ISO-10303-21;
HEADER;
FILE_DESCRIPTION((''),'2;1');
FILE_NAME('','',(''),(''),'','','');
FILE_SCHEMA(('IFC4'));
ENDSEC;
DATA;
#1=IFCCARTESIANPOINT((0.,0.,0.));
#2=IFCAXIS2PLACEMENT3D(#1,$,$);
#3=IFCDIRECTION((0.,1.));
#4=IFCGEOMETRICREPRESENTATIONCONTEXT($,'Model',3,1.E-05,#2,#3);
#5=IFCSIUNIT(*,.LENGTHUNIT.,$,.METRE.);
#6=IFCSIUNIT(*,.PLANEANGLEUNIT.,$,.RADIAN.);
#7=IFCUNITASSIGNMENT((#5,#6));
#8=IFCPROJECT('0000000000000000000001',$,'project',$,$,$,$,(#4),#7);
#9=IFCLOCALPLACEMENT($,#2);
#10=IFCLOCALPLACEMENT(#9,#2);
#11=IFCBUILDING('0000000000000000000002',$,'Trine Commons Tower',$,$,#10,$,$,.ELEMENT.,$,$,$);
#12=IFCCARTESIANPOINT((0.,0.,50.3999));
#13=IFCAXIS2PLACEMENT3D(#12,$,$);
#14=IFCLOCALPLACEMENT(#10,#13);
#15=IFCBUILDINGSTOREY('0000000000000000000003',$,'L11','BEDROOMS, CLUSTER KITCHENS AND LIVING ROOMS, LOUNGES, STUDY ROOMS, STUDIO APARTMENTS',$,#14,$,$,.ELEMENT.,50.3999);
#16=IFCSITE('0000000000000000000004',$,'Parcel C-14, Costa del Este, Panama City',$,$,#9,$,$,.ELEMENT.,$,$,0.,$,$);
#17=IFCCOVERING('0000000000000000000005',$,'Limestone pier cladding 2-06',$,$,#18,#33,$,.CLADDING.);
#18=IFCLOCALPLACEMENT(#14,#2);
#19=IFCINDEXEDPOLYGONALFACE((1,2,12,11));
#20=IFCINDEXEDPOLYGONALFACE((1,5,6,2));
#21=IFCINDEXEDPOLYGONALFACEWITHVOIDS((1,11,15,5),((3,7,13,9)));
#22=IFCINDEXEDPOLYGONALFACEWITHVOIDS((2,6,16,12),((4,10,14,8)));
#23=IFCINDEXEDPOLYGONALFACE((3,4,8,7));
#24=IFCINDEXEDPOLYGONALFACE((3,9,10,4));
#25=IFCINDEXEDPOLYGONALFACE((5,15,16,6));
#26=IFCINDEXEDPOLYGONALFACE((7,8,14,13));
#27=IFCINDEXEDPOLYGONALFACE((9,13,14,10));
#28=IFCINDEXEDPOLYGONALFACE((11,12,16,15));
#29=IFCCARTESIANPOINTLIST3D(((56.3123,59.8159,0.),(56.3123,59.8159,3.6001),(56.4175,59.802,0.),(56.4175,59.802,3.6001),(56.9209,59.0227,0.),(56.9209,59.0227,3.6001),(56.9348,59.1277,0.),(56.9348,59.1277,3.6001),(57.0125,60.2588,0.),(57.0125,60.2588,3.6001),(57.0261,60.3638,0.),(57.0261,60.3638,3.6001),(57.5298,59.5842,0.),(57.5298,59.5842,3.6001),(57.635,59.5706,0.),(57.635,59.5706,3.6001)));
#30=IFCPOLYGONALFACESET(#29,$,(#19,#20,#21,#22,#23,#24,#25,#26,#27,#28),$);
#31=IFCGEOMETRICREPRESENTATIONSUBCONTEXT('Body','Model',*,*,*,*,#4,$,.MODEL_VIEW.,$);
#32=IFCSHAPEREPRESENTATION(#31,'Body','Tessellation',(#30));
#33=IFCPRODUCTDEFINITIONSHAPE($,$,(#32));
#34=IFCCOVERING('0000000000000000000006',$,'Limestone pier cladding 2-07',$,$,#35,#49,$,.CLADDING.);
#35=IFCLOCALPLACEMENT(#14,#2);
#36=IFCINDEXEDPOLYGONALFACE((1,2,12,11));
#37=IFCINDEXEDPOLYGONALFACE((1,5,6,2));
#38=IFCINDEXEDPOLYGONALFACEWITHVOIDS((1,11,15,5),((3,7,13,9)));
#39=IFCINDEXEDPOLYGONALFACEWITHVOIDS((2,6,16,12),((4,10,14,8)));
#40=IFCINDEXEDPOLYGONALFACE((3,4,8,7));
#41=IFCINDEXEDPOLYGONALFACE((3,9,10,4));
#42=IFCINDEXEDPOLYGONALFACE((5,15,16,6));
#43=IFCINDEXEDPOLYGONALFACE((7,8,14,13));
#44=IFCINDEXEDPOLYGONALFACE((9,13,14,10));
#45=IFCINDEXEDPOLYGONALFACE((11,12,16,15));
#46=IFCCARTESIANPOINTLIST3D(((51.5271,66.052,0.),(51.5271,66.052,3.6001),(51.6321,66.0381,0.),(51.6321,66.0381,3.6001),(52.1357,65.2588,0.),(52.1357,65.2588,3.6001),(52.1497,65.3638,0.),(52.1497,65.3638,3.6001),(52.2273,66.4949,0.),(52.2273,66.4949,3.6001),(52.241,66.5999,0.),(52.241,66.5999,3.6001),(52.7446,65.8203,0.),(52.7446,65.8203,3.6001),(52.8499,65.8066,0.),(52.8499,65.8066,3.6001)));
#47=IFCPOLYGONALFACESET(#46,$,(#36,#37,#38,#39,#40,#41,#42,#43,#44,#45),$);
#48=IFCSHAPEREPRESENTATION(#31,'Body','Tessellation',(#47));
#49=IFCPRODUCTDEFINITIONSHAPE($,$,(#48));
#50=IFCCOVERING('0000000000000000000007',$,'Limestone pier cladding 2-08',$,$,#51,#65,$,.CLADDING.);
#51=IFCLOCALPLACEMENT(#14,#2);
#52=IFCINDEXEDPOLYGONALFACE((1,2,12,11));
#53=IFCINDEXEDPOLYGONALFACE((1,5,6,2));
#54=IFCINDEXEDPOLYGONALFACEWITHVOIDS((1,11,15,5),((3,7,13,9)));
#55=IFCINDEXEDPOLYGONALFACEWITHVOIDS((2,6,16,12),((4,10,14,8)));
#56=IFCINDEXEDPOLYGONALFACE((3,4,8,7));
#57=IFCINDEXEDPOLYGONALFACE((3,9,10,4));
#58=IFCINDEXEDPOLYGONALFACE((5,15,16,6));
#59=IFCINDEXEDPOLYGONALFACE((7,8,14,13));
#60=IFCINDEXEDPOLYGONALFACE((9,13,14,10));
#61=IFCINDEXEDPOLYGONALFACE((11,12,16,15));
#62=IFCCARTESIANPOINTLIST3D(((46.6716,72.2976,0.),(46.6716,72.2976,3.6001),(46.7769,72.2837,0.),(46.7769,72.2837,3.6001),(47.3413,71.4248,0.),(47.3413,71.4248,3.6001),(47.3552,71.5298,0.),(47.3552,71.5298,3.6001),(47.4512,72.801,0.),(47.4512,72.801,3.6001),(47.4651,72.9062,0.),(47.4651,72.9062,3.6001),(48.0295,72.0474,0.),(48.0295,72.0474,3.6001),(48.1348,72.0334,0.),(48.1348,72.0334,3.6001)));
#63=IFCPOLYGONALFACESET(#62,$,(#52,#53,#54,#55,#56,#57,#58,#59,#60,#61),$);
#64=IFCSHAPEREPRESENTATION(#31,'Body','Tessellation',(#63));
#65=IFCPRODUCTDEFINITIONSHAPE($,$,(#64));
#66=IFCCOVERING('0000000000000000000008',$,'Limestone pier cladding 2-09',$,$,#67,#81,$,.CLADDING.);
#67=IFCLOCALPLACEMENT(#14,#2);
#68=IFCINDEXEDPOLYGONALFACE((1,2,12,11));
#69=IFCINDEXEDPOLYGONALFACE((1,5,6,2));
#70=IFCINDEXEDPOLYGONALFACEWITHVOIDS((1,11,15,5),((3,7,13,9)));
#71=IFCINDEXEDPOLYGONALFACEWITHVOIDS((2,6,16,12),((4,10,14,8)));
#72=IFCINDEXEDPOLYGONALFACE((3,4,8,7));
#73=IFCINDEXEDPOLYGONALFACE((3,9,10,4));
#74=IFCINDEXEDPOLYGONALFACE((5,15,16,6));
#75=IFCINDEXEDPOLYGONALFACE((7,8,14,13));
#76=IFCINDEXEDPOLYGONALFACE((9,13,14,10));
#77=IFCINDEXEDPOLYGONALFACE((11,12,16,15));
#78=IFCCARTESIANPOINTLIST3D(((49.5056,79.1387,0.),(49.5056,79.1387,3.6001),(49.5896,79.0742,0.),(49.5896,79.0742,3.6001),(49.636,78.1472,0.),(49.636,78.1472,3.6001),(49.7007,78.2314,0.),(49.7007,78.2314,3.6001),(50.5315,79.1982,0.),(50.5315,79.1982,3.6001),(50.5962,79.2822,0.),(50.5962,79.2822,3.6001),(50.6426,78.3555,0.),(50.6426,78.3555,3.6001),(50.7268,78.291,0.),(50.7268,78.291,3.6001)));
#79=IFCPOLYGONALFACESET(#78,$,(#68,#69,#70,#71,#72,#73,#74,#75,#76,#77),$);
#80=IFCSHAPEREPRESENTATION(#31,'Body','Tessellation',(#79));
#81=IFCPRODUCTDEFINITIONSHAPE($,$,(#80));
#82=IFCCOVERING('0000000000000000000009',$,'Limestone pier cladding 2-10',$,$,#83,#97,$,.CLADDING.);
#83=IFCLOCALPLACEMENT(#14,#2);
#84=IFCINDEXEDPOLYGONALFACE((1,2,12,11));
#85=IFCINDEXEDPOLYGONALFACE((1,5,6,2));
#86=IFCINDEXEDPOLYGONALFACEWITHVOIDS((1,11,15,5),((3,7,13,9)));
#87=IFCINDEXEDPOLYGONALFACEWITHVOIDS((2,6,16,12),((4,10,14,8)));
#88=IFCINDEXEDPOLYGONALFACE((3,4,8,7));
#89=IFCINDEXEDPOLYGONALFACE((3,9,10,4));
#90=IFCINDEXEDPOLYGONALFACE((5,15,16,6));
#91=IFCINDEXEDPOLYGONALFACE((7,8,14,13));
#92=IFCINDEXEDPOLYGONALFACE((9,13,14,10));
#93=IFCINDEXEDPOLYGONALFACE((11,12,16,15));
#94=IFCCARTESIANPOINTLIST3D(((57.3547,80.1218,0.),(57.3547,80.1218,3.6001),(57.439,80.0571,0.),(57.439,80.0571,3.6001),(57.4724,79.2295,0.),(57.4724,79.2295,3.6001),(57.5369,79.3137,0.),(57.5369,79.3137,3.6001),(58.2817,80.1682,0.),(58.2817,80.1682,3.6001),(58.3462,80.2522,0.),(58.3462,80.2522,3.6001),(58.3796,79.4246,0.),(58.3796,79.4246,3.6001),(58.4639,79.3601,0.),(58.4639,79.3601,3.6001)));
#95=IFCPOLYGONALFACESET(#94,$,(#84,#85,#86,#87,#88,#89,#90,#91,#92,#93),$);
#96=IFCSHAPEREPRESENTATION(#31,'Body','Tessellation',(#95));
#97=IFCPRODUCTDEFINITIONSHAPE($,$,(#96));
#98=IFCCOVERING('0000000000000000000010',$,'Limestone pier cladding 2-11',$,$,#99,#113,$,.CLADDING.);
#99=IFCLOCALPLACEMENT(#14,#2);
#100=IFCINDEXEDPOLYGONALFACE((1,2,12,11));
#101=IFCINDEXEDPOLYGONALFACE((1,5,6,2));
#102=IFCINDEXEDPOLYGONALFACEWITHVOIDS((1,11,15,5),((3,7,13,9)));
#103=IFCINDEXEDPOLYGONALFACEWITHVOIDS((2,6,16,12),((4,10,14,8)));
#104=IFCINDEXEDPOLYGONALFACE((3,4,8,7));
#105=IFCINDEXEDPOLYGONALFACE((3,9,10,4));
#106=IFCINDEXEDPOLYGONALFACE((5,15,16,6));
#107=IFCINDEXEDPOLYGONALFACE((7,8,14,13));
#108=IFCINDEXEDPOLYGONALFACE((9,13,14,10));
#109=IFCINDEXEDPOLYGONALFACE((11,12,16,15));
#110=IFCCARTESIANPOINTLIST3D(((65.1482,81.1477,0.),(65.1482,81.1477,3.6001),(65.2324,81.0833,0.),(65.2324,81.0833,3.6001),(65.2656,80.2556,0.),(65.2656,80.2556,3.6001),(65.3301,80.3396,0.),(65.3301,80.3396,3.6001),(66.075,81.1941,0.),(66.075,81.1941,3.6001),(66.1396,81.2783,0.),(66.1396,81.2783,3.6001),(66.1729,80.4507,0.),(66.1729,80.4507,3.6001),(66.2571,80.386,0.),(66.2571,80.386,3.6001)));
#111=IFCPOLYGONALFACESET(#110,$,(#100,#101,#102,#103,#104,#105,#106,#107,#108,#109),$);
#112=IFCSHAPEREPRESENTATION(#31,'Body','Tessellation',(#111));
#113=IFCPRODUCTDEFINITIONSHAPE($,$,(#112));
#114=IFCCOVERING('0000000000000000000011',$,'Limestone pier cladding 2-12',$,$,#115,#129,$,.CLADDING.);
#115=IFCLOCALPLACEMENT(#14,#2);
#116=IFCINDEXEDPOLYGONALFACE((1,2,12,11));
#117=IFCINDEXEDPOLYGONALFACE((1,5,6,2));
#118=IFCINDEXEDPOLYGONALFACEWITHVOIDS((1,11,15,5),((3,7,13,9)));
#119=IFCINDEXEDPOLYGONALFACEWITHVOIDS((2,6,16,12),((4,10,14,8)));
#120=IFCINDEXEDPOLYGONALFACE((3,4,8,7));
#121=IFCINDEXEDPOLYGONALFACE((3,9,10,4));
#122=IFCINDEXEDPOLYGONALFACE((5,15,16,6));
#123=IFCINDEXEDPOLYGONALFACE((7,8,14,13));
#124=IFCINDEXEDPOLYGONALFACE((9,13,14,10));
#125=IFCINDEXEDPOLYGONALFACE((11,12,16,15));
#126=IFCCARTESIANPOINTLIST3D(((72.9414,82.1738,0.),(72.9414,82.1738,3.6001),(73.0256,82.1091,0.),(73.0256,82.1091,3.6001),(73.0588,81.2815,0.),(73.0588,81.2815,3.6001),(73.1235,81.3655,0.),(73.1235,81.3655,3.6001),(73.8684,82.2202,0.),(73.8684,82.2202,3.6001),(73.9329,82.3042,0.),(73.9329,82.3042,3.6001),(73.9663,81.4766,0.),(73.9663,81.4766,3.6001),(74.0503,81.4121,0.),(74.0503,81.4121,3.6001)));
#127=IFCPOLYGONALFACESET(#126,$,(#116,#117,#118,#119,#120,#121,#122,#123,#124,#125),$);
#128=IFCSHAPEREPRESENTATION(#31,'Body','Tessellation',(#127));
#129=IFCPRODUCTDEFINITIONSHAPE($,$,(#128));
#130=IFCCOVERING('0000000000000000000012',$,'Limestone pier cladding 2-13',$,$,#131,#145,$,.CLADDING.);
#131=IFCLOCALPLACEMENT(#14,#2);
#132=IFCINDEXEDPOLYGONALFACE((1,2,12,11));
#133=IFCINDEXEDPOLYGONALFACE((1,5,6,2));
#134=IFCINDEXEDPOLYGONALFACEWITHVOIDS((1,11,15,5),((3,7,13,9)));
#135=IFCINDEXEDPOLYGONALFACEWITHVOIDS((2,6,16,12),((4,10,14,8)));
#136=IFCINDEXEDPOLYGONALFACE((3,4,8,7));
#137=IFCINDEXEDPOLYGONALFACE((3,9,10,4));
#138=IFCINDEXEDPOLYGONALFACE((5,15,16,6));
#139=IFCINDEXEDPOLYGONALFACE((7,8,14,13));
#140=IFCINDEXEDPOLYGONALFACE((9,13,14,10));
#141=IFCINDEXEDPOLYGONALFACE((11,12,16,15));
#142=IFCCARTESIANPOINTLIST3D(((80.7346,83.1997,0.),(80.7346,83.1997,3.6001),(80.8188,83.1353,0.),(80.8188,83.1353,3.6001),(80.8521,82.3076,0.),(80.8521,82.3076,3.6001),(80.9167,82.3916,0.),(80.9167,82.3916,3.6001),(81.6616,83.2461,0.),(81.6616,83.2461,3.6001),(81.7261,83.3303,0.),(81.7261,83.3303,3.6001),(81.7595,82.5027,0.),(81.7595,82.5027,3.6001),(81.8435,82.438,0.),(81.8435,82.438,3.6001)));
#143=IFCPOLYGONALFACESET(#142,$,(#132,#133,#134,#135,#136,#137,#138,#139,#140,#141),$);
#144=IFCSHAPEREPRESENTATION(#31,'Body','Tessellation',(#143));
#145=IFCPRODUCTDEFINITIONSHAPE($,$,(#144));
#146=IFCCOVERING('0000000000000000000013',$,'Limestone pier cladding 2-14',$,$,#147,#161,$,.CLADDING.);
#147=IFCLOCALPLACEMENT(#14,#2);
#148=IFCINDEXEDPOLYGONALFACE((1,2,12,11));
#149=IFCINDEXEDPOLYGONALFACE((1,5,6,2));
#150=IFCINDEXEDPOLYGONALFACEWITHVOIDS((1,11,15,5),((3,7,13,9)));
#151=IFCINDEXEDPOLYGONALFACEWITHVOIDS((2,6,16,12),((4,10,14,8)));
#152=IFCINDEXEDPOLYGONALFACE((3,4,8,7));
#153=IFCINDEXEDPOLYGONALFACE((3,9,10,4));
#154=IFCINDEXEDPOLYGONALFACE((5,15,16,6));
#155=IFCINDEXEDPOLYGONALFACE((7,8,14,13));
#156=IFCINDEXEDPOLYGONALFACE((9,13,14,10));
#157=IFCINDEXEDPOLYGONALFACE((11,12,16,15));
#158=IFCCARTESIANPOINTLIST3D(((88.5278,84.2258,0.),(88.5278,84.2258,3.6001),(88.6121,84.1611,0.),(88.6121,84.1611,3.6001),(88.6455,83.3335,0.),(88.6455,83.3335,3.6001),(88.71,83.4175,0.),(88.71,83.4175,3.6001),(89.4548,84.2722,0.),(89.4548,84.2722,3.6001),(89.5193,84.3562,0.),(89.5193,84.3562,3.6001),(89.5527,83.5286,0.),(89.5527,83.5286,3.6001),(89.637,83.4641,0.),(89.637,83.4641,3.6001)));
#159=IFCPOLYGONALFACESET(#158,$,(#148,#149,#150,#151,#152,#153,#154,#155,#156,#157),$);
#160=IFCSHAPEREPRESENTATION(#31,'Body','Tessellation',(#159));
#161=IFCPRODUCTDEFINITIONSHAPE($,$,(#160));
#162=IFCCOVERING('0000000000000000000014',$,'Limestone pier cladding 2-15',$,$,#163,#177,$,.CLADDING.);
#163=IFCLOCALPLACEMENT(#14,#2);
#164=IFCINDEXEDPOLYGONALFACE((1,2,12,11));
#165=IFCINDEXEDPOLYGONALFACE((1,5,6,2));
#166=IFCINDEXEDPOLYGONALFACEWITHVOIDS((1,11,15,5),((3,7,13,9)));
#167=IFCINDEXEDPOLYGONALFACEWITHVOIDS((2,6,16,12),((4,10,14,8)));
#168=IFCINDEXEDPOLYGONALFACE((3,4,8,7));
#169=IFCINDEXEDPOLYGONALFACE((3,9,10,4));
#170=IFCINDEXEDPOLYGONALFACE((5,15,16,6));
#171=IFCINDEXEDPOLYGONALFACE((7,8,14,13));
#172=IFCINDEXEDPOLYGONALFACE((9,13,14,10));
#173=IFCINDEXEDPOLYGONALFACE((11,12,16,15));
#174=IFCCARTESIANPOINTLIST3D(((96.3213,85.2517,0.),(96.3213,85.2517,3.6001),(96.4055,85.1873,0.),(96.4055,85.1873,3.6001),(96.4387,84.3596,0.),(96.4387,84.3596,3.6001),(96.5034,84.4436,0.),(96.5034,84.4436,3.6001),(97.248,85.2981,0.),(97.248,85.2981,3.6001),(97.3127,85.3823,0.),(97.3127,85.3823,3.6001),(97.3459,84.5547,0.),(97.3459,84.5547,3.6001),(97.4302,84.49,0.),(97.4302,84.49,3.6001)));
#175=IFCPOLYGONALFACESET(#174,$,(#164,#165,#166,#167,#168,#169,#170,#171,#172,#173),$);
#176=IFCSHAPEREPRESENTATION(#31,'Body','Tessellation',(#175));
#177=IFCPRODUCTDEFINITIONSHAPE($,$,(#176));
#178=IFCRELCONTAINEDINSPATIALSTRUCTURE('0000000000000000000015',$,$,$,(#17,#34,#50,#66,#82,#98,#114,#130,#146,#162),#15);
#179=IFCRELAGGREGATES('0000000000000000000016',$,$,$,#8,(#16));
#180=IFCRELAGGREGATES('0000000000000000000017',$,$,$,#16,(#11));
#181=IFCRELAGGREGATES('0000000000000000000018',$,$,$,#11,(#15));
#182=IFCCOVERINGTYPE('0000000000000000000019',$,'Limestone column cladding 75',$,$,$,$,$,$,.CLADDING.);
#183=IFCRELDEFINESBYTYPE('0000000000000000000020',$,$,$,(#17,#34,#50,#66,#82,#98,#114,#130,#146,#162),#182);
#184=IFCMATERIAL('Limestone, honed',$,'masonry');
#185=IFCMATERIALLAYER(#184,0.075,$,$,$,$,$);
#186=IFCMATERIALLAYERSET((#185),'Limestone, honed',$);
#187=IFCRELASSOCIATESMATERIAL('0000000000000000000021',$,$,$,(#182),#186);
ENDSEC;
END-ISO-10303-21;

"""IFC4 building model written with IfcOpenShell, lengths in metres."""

from ifc_helpers import new_model, si_unit, direction, frame, origin, place, context, subcontext, project, spatial, polyline, outline, extrude, material, layer, layer_set, type_object, element, save


model = new_model("IFC4")

# Units and contexts
model_context = context("Model", 3, precision=1e-05, world=origin(), true_north=direction((0.0, 1.0)))
body_context = subcontext(model_context, "Body", "Model", "MODEL_VIEW")
ifc_project = project(units=[si_unit("LENGTHUNIT", "METRE"), si_unit("PLANEANGLEUNIT", "RADIAN")], contexts=[model_context])

# Site, building, storey
site_placement = place(None, origin())
site = spatial("IfcSite", under=ifc_project, at=site_placement, Name="Parcel C-14, Costa del Este, Panama City", CompositionType="ELEMENT", RefElevation=0.0)
building_placement = place(site_placement, origin())
building = spatial("IfcBuilding", under=site, at=building_placement, Name="Trine Commons Tower", CompositionType="ELEMENT")
storey_placement = place(building_placement, frame((0.0, 0.0, 50.3999)))
storey = spatial("IfcBuildingStorey", under=building, at=storey_placement, Name="L11", Description="BEDROOMS, CLUSTER KITCHENS AND LIVING ROOMS, LOUNGES, STUDY ROOMS, STUDIO APARTMENTS", CompositionType="ELEMENT", Elevation=50.3999)

# Coverings
ifc_material_1 = material(Name="Limestone, honed", Category="masonry")
ifc_layer_1 = layer(ifc_material_1, 0.075)
ifc_layer_set_1 = layer_set([ifc_layer_1], Name="Limestone, honed")
covering_type = type_object("IfcCoveringType", Name="Limestone column cladding 75", PredefinedType="CLADDING", material=ifc_layer_set_1)
covering_1_placement = place(storey_placement, origin())
element("IfcCovering", 1, at=covering_1_placement, inside=storey, type_object=covering_type, Name="Limestone pier cladding 2-06", PredefinedType="CLADDING", context=body_context, shape_type="SweptSolid", body=[
    extrude(outline(polyline([(57.0261, 60.3638), (56.3123, 59.8159), (56.9209, 59.0227), (57.635, 59.5706), (57.0261, 60.3638)]), holes=[polyline([(57.0125, 60.2588), (56.4175, 59.802), (56.9348, 59.1277), (57.5298, 59.5842), (57.0125, 60.2588)])]), origin(), (0.0, 0.0, 1.0), 3.6001),
])
covering_2_placement = place(storey_placement, origin())
element("IfcCovering", 2, at=covering_2_placement, inside=storey, type_object=covering_type, Name="Limestone pier cladding 2-07", PredefinedType="CLADDING", context=body_context, shape_type="SweptSolid", body=[
    extrude(outline(polyline([(52.241, 66.5999), (51.5271, 66.052), (52.1357, 65.2588), (52.8499, 65.8066), (52.241, 66.5999)]), holes=[polyline([(52.2273, 66.4949), (51.6321, 66.0381), (52.1497, 65.3638), (52.7446, 65.8203), (52.2273, 66.4949)])]), origin(), (0.0, 0.0, 1.0), 3.6001),
])
covering_3_placement = place(storey_placement, origin())
element("IfcCovering", 3, at=covering_3_placement, inside=storey, type_object=covering_type, Name="Limestone pier cladding 2-08", PredefinedType="CLADDING", context=body_context, shape_type="SweptSolid", body=[
    extrude(outline(polyline([(47.4651, 72.9062), (46.6716, 72.2976), (47.3413, 71.4248), (48.1348, 72.0334), (47.4651, 72.9062)]), holes=[polyline([(47.4512, 72.801), (46.7769, 72.2837), (47.3552, 71.5298), (48.0295, 72.0474), (47.4512, 72.801)])]), origin(), (0.0, 0.0, 1.0), 3.6001),
])
covering_4_placement = place(storey_placement, origin())
element("IfcCovering", 4, at=covering_4_placement, inside=storey, type_object=covering_type, Name="Limestone pier cladding 2-09", PredefinedType="CLADDING", context=body_context, shape_type="SweptSolid", body=[
    extrude(outline(polyline([(50.7268, 78.291), (50.5962, 79.2822), (49.5056, 79.1387), (49.636, 78.1472), (50.7268, 78.291)]), holes=[polyline([(50.6426, 78.3555), (50.5315, 79.1982), (49.5896, 79.0742), (49.7007, 78.2314), (50.6426, 78.3555)])]), origin(), (0.0, 0.0, 1.0), 3.6001),
])
covering_5_placement = place(storey_placement, origin())
element("IfcCovering", 5, at=covering_5_placement, inside=storey, type_object=covering_type, Name="Limestone pier cladding 2-10", PredefinedType="CLADDING", context=body_context, shape_type="SweptSolid", body=[
    extrude(outline(polyline([(58.4639, 79.3601), (58.3462, 80.2522), (57.3547, 80.1218), (57.4724, 79.2295), (58.4639, 79.3601)]), holes=[polyline([(58.3796, 79.4246), (58.2817, 80.1682), (57.439, 80.0571), (57.5369, 79.3137), (58.3796, 79.4246)])]), origin(), (0.0, 0.0, 1.0), 3.6001),
])
covering_6_placement = place(storey_placement, origin())
element("IfcCovering", 6, at=covering_6_placement, inside=storey, type_object=covering_type, Name="Limestone pier cladding 2-11", PredefinedType="CLADDING", context=body_context, shape_type="SweptSolid", body=[
    extrude(outline(polyline([(66.2571, 80.386), (66.1396, 81.2783), (65.1482, 81.1477), (65.2656, 80.2556), (66.2571, 80.386)]), holes=[polyline([(66.1729, 80.4507), (66.075, 81.1941), (65.2324, 81.0833), (65.3301, 80.3396), (66.1729, 80.4507)])]), origin(), (0.0, 0.0, 1.0), 3.6001),
])
covering_7_placement = place(storey_placement, origin())
element("IfcCovering", 7, at=covering_7_placement, inside=storey, type_object=covering_type, Name="Limestone pier cladding 2-12", PredefinedType="CLADDING", context=body_context, shape_type="SweptSolid", body=[
    extrude(outline(polyline([(74.0503, 81.4121), (73.9329, 82.3042), (72.9414, 82.1738), (73.0588, 81.2815), (74.0503, 81.4121)]), holes=[polyline([(73.9663, 81.4766), (73.8684, 82.2202), (73.0256, 82.1091), (73.1235, 81.3655), (73.9663, 81.4766)])]), origin(), (0.0, 0.0, 1.0), 3.6001),
])
covering_8_placement = place(storey_placement, origin())
element("IfcCovering", 8, at=covering_8_placement, inside=storey, type_object=covering_type, Name="Limestone pier cladding 2-13", PredefinedType="CLADDING", context=body_context, shape_type="SweptSolid", body=[
    extrude(outline(polyline([(81.8435, 82.438), (81.7261, 83.3303), (80.7346, 83.1997), (80.8521, 82.3076), (81.8435, 82.438)]), holes=[polyline([(81.7595, 82.5027), (81.6616, 83.2461), (80.8188, 83.1353), (80.9167, 82.3916), (81.7595, 82.5027)])]), origin(), (0.0, 0.0, 1.0), 3.6001),
])
covering_9_placement = place(storey_placement, origin())
element("IfcCovering", 9, at=covering_9_placement, inside=storey, type_object=covering_type, Name="Limestone pier cladding 2-14", PredefinedType="CLADDING", context=body_context, shape_type="SweptSolid", body=[
    extrude(outline(polyline([(89.637, 83.4641), (89.5193, 84.3562), (88.5278, 84.2258), (88.6455, 83.3335), (89.637, 83.4641)]), holes=[polyline([(89.5527, 83.5286), (89.4548, 84.2722), (88.6121, 84.1611), (88.71, 83.4175), (89.5527, 83.5286)])]), origin(), (0.0, 0.0, 1.0), 3.6001),
])
covering_10_placement = place(storey_placement, origin())
element("IfcCovering", 10, at=covering_10_placement, inside=storey, type_object=covering_type, Name="Limestone pier cladding 2-15", PredefinedType="CLADDING", context=body_context, shape_type="SweptSolid", body=[
    extrude(outline(polyline([(97.4302, 84.49), (97.3127, 85.3823), (96.3213, 85.2517), (96.4387, 84.3596), (97.4302, 84.49)]), holes=[polyline([(97.3459, 84.5547), (97.248, 85.2981), (96.4055, 85.1873), (96.5034, 84.4436), (97.3459, 84.5547)])]), origin(), (0.0, 0.0, 1.0), 3.6001),
])

save(model, "model.ifc")
